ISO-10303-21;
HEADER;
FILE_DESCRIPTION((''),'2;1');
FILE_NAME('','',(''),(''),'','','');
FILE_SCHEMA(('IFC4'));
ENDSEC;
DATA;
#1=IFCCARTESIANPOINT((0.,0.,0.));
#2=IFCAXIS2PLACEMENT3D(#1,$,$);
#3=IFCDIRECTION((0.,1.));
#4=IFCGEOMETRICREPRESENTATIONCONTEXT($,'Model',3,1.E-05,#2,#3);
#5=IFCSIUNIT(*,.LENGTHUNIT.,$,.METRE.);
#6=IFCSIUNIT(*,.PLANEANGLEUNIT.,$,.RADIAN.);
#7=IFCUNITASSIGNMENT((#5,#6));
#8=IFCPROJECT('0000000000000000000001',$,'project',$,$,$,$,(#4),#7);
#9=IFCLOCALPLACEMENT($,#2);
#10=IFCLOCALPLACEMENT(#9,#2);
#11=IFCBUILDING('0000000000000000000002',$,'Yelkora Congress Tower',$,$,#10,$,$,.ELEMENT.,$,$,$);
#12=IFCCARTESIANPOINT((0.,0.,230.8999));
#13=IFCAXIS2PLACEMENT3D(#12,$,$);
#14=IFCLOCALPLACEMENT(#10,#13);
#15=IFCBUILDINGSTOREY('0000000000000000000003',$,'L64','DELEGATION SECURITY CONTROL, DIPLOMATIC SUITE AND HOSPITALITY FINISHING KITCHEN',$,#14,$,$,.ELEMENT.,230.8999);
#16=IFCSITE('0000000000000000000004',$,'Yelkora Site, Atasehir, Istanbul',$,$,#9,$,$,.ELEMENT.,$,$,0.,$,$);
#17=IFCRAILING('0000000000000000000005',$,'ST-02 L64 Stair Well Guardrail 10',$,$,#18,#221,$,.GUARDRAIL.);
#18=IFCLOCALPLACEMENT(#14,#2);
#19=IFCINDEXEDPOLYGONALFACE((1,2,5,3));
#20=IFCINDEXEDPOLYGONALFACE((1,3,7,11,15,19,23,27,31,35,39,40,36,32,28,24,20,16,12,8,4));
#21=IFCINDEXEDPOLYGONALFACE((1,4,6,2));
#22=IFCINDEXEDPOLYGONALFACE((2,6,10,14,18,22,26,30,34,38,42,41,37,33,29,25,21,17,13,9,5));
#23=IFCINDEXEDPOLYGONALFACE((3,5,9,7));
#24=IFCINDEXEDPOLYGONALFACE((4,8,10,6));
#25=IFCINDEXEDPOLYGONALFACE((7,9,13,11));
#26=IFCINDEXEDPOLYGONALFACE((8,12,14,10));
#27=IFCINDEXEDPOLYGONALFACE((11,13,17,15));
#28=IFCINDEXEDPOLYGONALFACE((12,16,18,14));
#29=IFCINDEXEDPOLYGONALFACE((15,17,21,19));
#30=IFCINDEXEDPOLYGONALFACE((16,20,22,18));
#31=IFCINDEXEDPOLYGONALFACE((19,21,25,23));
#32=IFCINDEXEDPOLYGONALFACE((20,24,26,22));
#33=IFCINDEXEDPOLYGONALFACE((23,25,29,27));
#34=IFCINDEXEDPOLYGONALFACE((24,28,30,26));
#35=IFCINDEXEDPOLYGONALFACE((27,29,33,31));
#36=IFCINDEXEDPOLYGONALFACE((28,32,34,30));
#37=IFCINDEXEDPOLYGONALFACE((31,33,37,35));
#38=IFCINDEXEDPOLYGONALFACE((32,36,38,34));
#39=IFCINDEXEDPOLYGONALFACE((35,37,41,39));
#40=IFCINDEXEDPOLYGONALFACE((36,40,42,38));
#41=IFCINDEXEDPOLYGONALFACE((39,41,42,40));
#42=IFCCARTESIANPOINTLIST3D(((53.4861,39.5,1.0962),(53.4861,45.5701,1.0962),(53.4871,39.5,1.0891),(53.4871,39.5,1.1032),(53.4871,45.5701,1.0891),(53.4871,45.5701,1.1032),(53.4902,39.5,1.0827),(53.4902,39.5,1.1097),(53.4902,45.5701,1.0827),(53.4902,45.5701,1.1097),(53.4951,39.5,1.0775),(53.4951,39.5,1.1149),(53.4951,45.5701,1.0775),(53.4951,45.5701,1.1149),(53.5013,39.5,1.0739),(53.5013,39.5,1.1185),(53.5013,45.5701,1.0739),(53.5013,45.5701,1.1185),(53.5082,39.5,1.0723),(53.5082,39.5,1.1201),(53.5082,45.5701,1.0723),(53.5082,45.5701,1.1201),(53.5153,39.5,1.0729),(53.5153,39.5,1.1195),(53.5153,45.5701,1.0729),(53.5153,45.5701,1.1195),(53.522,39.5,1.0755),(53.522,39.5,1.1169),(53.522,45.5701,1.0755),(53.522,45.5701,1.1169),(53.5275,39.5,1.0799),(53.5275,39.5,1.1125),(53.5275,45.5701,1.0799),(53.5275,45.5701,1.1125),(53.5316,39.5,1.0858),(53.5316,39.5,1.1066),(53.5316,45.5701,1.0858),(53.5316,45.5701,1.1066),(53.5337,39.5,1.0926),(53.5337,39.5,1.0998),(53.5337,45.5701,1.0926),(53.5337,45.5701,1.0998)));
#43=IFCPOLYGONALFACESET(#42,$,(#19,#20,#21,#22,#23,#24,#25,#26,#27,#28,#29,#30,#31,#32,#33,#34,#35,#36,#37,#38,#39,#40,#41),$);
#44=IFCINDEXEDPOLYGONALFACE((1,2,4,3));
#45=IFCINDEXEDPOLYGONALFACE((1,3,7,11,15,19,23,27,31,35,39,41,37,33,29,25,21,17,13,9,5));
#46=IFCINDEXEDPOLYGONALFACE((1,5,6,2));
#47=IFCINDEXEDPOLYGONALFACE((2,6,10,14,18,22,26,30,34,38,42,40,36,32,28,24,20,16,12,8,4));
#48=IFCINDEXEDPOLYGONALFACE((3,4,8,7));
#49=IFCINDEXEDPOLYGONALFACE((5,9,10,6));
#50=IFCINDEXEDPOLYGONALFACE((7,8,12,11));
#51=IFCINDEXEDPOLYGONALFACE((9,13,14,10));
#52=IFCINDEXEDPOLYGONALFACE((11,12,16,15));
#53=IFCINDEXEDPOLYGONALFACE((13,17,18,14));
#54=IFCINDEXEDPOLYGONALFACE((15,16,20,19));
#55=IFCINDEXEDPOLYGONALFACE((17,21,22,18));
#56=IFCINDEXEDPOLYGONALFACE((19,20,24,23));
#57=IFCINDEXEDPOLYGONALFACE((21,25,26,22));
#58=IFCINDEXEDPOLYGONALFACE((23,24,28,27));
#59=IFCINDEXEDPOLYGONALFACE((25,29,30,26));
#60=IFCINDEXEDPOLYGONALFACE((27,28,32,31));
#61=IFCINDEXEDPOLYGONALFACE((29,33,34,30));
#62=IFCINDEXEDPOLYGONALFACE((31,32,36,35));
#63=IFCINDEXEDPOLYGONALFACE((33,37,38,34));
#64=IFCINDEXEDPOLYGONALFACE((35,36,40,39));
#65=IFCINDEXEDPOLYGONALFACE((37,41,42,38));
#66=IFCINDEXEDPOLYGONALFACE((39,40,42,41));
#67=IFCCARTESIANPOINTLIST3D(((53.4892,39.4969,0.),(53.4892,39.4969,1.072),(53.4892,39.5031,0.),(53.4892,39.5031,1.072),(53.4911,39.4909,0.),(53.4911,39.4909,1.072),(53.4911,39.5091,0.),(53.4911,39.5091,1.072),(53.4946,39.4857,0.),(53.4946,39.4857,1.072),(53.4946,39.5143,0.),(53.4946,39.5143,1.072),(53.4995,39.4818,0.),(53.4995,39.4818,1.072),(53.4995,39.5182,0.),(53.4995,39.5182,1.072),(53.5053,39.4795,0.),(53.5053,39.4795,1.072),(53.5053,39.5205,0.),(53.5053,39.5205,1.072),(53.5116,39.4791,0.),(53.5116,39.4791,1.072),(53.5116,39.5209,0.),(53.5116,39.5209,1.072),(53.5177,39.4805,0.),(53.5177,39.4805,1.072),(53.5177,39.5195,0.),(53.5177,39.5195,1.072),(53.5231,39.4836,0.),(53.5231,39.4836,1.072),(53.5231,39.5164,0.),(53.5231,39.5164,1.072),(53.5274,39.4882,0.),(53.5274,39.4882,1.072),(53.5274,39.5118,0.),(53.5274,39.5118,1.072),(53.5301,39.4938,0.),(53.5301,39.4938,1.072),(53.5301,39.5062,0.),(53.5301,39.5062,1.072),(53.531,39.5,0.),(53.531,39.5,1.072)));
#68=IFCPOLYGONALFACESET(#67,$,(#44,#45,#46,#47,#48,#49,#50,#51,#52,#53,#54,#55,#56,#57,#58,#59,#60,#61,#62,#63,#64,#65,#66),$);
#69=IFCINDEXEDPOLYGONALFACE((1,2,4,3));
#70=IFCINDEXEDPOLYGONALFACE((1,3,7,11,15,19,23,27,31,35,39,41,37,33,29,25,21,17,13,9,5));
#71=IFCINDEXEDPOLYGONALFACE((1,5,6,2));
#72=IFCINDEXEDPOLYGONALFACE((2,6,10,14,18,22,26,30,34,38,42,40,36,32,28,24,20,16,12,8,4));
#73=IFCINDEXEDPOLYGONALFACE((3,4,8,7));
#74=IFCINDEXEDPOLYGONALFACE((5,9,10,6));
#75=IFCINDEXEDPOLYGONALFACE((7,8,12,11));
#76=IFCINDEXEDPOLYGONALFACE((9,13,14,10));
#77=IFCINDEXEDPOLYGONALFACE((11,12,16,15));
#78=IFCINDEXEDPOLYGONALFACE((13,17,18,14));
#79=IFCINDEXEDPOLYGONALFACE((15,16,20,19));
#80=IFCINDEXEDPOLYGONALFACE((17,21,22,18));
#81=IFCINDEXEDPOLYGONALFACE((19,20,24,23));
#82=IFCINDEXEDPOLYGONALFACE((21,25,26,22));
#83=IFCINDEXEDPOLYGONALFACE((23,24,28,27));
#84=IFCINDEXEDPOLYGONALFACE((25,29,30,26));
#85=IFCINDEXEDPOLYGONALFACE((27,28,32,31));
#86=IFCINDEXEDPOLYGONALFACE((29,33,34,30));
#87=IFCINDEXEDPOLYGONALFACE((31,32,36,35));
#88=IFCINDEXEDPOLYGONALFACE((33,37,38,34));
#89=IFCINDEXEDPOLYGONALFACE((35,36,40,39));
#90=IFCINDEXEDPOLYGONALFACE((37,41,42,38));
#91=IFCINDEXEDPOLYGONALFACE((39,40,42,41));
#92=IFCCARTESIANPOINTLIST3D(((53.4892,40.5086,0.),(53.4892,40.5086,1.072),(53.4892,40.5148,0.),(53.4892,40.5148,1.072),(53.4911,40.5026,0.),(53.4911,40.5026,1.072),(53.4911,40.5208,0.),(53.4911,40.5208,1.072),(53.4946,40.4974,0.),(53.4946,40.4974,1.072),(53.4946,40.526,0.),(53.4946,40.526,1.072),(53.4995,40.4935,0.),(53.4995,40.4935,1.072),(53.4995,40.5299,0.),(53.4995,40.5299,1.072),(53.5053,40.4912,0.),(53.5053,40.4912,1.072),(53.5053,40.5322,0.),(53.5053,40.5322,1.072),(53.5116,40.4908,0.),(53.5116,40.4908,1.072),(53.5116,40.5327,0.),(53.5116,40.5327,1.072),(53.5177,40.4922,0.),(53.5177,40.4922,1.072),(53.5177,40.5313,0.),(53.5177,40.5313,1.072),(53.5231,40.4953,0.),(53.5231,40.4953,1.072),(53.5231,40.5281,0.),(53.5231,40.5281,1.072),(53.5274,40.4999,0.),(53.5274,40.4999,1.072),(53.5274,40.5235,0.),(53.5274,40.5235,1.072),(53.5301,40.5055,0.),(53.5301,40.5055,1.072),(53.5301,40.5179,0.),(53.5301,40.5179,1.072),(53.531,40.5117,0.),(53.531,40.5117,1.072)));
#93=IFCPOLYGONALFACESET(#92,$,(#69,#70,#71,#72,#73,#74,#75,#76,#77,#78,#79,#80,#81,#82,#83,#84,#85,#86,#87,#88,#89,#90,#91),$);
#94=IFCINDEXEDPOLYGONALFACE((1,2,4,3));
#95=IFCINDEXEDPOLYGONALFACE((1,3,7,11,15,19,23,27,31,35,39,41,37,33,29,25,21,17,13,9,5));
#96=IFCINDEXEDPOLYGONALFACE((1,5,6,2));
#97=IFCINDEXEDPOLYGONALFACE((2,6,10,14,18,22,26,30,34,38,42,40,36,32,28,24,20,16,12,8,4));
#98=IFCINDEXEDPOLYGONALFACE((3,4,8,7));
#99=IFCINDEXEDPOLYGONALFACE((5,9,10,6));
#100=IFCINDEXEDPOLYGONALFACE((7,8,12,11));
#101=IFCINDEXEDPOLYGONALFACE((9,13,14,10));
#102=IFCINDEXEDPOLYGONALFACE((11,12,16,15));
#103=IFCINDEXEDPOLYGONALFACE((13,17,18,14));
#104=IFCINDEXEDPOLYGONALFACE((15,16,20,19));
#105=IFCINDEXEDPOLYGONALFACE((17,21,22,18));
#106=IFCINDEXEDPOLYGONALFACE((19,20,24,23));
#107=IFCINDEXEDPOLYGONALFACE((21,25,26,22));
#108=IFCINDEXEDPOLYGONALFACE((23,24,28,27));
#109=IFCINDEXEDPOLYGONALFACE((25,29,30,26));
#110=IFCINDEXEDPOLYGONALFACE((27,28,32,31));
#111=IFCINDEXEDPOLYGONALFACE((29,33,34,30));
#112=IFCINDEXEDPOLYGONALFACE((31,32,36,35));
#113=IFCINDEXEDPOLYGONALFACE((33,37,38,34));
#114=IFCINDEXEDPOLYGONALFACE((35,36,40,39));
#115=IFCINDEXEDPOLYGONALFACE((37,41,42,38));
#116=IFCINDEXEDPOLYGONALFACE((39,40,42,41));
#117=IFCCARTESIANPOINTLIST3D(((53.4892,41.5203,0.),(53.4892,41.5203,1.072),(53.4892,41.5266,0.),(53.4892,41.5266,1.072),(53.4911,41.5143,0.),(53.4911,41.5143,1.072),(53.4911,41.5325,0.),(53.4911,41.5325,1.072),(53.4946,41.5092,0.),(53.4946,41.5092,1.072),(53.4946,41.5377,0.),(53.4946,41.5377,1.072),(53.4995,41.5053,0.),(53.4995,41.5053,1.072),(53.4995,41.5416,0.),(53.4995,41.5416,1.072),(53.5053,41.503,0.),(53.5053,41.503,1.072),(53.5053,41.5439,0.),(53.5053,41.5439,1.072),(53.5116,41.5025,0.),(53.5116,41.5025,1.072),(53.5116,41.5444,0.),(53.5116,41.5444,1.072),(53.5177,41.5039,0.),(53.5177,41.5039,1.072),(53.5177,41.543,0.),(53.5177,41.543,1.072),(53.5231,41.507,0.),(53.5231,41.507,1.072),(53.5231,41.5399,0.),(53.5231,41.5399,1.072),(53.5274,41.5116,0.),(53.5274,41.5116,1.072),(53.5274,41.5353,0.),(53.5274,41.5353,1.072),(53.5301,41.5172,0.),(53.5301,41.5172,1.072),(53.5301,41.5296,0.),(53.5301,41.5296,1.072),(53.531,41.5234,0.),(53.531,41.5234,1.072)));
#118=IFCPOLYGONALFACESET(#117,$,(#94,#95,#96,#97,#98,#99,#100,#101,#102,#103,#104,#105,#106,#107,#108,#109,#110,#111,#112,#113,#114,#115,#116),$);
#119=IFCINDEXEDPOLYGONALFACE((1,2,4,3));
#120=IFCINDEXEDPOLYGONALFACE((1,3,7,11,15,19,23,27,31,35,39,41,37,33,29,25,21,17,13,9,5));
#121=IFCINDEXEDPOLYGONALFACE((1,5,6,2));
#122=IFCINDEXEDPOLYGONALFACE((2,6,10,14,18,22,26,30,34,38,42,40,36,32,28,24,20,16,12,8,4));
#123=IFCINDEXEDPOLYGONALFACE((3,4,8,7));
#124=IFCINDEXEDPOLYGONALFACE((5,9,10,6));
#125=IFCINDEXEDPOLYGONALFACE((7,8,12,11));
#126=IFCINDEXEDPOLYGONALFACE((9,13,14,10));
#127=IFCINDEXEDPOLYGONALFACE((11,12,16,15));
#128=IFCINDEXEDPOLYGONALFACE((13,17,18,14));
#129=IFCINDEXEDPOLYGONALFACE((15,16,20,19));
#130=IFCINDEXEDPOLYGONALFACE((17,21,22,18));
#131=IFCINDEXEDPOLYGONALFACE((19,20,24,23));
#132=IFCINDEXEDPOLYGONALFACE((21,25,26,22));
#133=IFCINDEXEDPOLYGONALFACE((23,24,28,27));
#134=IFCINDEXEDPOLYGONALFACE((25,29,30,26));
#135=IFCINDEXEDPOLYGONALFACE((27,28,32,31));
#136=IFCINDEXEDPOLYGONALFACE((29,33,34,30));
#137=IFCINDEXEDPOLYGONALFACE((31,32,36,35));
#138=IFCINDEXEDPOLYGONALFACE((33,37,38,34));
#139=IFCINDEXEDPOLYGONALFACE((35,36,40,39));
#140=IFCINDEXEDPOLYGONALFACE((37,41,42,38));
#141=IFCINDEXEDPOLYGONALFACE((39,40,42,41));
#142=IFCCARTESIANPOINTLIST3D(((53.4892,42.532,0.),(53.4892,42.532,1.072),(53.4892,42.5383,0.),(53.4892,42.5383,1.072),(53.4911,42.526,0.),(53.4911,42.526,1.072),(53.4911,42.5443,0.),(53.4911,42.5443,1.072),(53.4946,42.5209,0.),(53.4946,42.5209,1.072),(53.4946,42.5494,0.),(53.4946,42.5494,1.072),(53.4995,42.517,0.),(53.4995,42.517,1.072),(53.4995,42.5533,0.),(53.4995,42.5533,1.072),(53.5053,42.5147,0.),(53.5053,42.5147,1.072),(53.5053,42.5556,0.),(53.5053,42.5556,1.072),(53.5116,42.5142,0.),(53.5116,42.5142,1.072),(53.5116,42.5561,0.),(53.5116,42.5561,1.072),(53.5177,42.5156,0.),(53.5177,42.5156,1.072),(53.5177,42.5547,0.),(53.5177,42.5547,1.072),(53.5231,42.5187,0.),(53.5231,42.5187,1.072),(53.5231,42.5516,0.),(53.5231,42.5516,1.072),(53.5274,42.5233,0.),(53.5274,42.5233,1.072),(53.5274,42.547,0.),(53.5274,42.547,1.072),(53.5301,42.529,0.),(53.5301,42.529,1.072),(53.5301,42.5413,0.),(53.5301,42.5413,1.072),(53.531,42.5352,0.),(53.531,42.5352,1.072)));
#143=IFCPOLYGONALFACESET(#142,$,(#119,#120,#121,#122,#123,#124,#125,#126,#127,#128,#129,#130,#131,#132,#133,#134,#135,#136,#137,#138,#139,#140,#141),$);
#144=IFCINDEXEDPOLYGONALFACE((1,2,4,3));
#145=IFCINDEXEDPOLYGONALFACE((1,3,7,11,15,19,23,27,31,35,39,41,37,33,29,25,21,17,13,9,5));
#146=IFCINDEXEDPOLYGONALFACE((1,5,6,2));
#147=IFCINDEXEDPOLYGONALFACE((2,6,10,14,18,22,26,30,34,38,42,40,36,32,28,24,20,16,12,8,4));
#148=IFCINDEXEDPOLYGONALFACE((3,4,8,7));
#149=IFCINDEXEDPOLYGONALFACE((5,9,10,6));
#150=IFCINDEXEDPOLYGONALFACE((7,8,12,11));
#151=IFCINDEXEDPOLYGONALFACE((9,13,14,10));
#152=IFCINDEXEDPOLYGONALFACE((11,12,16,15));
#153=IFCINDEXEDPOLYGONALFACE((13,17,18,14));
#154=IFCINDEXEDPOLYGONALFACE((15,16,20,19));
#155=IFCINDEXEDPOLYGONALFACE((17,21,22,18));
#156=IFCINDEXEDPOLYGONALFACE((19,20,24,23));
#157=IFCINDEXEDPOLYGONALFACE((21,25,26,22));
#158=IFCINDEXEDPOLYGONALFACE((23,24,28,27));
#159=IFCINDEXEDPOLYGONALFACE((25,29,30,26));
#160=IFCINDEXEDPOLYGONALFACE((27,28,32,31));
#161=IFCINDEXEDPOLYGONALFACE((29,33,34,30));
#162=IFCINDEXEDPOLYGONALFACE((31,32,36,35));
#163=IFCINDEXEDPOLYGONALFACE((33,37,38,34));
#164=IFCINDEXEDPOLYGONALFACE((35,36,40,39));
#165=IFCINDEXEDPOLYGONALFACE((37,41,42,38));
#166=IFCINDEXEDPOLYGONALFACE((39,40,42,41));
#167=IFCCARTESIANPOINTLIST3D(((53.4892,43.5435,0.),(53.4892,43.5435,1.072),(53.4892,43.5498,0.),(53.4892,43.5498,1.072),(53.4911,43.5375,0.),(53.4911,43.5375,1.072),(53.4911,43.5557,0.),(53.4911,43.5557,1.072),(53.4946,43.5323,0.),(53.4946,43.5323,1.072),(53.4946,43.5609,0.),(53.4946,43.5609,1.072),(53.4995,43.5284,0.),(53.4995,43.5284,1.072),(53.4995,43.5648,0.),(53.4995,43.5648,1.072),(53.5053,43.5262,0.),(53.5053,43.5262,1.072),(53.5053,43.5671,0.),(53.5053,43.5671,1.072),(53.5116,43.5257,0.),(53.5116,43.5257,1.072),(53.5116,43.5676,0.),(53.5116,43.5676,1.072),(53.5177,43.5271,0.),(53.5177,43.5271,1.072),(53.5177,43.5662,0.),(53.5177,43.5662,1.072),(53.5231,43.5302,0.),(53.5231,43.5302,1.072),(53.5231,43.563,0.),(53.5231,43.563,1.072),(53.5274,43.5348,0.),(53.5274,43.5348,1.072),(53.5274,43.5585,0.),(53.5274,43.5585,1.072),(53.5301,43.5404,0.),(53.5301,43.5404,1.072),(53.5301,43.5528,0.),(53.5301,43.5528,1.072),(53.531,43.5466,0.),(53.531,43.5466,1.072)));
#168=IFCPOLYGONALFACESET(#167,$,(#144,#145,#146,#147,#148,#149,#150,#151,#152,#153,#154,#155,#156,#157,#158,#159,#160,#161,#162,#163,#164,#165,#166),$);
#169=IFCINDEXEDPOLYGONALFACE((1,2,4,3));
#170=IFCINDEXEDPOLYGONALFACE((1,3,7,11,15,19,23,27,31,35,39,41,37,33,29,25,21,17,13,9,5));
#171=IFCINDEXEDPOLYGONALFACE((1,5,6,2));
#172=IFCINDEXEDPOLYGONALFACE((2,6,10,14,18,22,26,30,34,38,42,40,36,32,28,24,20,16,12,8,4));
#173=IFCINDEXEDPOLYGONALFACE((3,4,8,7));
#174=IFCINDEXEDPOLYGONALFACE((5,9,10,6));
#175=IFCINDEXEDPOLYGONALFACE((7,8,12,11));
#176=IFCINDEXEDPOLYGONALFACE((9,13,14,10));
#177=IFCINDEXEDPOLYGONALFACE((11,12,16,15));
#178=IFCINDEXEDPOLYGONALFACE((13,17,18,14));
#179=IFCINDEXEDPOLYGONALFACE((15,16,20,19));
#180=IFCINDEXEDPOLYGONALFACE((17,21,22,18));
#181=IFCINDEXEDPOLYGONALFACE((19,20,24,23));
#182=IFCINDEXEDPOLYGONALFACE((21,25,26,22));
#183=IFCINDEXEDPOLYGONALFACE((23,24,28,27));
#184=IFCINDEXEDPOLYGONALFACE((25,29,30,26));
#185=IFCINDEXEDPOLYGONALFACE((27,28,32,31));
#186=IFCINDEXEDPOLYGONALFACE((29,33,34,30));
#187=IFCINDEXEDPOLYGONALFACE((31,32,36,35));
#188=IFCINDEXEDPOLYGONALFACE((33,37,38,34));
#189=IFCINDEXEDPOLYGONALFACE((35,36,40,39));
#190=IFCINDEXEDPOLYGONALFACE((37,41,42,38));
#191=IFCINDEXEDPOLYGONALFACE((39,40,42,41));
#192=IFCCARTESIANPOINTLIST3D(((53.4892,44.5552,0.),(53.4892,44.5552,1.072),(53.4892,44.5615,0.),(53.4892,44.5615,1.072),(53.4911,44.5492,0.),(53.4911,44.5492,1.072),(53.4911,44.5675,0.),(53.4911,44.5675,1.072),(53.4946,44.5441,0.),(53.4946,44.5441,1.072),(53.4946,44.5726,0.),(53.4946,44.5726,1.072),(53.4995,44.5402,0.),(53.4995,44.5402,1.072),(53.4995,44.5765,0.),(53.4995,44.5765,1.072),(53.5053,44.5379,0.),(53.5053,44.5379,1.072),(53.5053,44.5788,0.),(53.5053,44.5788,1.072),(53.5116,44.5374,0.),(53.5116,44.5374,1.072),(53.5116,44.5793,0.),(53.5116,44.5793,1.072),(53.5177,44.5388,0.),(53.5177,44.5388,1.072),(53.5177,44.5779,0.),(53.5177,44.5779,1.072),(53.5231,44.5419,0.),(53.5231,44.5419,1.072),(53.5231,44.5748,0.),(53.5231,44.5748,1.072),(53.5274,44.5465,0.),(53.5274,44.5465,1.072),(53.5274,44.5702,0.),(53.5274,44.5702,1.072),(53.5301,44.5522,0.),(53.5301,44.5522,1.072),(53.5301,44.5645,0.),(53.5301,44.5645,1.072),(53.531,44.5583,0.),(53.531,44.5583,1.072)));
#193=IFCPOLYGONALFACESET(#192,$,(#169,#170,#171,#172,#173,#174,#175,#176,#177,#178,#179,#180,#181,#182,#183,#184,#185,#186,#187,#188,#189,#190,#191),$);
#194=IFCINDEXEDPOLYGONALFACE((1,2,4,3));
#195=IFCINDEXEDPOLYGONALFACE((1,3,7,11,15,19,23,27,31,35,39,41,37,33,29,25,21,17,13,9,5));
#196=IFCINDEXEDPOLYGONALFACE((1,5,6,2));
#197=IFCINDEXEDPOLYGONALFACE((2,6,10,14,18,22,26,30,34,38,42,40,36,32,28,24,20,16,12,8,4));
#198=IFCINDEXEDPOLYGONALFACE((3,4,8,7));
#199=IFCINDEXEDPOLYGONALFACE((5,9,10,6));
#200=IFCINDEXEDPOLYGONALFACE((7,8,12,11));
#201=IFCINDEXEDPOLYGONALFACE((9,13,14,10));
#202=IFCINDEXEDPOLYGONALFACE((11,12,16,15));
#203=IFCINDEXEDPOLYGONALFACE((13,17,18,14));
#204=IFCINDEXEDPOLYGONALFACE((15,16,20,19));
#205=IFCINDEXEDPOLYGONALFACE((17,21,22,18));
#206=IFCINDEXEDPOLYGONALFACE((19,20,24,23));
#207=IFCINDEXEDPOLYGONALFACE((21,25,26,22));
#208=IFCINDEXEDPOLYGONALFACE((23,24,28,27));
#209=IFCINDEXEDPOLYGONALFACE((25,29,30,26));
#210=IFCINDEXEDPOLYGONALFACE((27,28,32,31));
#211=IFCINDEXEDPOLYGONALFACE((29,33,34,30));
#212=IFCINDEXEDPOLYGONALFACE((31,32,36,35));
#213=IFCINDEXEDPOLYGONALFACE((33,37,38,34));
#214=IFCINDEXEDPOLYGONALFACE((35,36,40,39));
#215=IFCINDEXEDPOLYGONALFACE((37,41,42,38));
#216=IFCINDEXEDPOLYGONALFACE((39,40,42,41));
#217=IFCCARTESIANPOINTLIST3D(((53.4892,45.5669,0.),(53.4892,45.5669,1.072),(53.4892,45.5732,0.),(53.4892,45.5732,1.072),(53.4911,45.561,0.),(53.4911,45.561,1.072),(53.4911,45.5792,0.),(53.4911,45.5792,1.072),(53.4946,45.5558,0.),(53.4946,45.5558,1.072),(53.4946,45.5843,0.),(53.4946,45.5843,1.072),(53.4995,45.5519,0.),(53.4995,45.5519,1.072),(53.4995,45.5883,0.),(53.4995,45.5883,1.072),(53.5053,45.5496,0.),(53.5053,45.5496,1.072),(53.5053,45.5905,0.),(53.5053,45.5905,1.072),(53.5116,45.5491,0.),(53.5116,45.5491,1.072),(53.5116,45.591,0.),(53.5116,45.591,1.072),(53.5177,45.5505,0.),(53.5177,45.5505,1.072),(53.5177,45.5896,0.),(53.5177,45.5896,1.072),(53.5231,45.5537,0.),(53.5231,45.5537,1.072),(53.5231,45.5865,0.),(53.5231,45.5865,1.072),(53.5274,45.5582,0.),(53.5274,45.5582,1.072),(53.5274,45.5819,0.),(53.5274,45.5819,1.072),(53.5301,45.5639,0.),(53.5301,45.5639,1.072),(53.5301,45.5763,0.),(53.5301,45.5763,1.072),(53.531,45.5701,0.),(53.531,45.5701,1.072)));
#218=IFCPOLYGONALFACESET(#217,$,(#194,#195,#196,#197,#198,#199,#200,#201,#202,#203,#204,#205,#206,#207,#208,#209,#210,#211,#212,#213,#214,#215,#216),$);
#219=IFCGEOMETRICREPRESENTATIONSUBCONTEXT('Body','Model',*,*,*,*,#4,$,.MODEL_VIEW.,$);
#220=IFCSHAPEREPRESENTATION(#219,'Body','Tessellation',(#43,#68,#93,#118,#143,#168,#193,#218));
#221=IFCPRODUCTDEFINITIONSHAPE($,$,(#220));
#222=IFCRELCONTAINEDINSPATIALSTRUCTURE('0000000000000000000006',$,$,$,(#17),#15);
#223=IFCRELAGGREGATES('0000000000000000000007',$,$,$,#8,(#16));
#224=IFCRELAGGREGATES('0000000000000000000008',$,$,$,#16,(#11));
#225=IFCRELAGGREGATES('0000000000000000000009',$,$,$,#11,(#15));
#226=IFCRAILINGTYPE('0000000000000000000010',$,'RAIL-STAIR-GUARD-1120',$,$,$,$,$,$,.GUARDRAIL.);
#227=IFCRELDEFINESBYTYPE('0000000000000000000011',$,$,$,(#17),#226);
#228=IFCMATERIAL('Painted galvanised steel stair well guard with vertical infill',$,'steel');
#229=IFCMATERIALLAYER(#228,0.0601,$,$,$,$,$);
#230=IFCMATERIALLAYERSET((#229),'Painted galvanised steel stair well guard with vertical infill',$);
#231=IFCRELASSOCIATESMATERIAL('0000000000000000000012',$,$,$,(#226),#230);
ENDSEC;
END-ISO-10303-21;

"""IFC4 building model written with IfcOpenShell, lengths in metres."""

from ifc_helpers import new_model, si_unit, direction, frame, origin, origin_2d, place, context, subcontext, project, spatial, circle, extrude, material, layer, layer_set, type_object, element, save


model = new_model("IFC4")

# Units and contexts
model_context = context("Model", 3, precision=1e-05, world=origin(), true_north=direction((0.0, 1.0)))
body_context = subcontext(model_context, "Body", "Model", "MODEL_VIEW")
ifc_project = project(units=[si_unit("LENGTHUNIT", "METRE"), si_unit("PLANEANGLEUNIT", "RADIAN")], contexts=[model_context])

# Site, building, storey
site_placement = place(None, origin())
site = spatial("IfcSite", under=ifc_project, at=site_placement, Name="Yelkora Site, Atasehir, Istanbul", CompositionType="ELEMENT", RefElevation=0.0)
building_placement = place(site_placement, origin())
building = spatial("IfcBuilding", under=site, at=building_placement, Name="Yelkora Congress Tower", CompositionType="ELEMENT")
storey_placement = place(building_placement, frame((0.0, 0.0, 230.8999)))
storey = spatial("IfcBuildingStorey", under=building, at=storey_placement, Name="L64", Description="DELEGATION SECURITY CONTROL, DIPLOMATIC SUITE AND HOSPITALITY FINISHING KITCHEN", CompositionType="ELEMENT", Elevation=230.8999)

# Railing
ifc_material_1 = material(Name="Painted galvanised steel stair well guard with vertical infill", Category="steel")
ifc_layer_1 = layer(ifc_material_1, 0.0601)
ifc_layer_set_1 = layer_set([ifc_layer_1], Name="Painted galvanised steel stair well guard with vertical infill")
railing_type_1 = type_object("IfcRailingType", Name="RAIL-STAIR-GUARD-1120", PredefinedType="GUARDRAIL", material=ifc_layer_set_1)
railing_1_placement = place(storey_placement, frame((53.51, 39.5, 0.0)))
element("IfcRailing", 1, at=railing_1_placement, inside=storey, type_object=railing_type_1, Name="ST-02 L64 Stair Well Guardrail 10", PredefinedType="GUARDRAIL", context=body_context, shape_type="SweptSolid", body=[
    extrude(circle(Radius=0.0239, at=origin_2d()), frame((0.0, 0.0, 1.0962), z_axis=(0.0, 1.0, 0.0), x_axis=(-1.0, 0.0, 0.0)), (0.0, 0.0, 1.0), 6.0701),
    extrude(circle(Radius=0.021, at=origin_2d()), origin(), (0.0, 0.0, 1.0), 1.072),
    extrude(circle(Radius=0.021, at=origin_2d()), frame((0.0, 1.0117, 0.0)), (0.0, 0.0, 1.0), 1.072),
    extrude(circle(Radius=0.021, at=origin_2d()), frame((0.0, 2.0234, 0.0)), (0.0, 0.0, 1.0), 1.072),
    extrude(circle(Radius=0.021, at=origin_2d()), frame((0.0, 3.0352, 0.0)), (0.0, 0.0, 1.0), 1.072),
    extrude(circle(Radius=0.021, at=origin_2d()), frame((0.0, 4.0466, 0.0)), (0.0, 0.0, 1.0), 1.072),
    extrude(circle(Radius=0.021, at=origin_2d()), frame((0.0, 5.0583, 0.0)), (0.0, 0.0, 1.0), 1.072),
    extrude(circle(Radius=0.021, at=origin_2d()), frame((0.0, 6.0701, 0.0)), (0.0, 0.0, 1.0), 1.072),
])

save(model, "model.ifc")
